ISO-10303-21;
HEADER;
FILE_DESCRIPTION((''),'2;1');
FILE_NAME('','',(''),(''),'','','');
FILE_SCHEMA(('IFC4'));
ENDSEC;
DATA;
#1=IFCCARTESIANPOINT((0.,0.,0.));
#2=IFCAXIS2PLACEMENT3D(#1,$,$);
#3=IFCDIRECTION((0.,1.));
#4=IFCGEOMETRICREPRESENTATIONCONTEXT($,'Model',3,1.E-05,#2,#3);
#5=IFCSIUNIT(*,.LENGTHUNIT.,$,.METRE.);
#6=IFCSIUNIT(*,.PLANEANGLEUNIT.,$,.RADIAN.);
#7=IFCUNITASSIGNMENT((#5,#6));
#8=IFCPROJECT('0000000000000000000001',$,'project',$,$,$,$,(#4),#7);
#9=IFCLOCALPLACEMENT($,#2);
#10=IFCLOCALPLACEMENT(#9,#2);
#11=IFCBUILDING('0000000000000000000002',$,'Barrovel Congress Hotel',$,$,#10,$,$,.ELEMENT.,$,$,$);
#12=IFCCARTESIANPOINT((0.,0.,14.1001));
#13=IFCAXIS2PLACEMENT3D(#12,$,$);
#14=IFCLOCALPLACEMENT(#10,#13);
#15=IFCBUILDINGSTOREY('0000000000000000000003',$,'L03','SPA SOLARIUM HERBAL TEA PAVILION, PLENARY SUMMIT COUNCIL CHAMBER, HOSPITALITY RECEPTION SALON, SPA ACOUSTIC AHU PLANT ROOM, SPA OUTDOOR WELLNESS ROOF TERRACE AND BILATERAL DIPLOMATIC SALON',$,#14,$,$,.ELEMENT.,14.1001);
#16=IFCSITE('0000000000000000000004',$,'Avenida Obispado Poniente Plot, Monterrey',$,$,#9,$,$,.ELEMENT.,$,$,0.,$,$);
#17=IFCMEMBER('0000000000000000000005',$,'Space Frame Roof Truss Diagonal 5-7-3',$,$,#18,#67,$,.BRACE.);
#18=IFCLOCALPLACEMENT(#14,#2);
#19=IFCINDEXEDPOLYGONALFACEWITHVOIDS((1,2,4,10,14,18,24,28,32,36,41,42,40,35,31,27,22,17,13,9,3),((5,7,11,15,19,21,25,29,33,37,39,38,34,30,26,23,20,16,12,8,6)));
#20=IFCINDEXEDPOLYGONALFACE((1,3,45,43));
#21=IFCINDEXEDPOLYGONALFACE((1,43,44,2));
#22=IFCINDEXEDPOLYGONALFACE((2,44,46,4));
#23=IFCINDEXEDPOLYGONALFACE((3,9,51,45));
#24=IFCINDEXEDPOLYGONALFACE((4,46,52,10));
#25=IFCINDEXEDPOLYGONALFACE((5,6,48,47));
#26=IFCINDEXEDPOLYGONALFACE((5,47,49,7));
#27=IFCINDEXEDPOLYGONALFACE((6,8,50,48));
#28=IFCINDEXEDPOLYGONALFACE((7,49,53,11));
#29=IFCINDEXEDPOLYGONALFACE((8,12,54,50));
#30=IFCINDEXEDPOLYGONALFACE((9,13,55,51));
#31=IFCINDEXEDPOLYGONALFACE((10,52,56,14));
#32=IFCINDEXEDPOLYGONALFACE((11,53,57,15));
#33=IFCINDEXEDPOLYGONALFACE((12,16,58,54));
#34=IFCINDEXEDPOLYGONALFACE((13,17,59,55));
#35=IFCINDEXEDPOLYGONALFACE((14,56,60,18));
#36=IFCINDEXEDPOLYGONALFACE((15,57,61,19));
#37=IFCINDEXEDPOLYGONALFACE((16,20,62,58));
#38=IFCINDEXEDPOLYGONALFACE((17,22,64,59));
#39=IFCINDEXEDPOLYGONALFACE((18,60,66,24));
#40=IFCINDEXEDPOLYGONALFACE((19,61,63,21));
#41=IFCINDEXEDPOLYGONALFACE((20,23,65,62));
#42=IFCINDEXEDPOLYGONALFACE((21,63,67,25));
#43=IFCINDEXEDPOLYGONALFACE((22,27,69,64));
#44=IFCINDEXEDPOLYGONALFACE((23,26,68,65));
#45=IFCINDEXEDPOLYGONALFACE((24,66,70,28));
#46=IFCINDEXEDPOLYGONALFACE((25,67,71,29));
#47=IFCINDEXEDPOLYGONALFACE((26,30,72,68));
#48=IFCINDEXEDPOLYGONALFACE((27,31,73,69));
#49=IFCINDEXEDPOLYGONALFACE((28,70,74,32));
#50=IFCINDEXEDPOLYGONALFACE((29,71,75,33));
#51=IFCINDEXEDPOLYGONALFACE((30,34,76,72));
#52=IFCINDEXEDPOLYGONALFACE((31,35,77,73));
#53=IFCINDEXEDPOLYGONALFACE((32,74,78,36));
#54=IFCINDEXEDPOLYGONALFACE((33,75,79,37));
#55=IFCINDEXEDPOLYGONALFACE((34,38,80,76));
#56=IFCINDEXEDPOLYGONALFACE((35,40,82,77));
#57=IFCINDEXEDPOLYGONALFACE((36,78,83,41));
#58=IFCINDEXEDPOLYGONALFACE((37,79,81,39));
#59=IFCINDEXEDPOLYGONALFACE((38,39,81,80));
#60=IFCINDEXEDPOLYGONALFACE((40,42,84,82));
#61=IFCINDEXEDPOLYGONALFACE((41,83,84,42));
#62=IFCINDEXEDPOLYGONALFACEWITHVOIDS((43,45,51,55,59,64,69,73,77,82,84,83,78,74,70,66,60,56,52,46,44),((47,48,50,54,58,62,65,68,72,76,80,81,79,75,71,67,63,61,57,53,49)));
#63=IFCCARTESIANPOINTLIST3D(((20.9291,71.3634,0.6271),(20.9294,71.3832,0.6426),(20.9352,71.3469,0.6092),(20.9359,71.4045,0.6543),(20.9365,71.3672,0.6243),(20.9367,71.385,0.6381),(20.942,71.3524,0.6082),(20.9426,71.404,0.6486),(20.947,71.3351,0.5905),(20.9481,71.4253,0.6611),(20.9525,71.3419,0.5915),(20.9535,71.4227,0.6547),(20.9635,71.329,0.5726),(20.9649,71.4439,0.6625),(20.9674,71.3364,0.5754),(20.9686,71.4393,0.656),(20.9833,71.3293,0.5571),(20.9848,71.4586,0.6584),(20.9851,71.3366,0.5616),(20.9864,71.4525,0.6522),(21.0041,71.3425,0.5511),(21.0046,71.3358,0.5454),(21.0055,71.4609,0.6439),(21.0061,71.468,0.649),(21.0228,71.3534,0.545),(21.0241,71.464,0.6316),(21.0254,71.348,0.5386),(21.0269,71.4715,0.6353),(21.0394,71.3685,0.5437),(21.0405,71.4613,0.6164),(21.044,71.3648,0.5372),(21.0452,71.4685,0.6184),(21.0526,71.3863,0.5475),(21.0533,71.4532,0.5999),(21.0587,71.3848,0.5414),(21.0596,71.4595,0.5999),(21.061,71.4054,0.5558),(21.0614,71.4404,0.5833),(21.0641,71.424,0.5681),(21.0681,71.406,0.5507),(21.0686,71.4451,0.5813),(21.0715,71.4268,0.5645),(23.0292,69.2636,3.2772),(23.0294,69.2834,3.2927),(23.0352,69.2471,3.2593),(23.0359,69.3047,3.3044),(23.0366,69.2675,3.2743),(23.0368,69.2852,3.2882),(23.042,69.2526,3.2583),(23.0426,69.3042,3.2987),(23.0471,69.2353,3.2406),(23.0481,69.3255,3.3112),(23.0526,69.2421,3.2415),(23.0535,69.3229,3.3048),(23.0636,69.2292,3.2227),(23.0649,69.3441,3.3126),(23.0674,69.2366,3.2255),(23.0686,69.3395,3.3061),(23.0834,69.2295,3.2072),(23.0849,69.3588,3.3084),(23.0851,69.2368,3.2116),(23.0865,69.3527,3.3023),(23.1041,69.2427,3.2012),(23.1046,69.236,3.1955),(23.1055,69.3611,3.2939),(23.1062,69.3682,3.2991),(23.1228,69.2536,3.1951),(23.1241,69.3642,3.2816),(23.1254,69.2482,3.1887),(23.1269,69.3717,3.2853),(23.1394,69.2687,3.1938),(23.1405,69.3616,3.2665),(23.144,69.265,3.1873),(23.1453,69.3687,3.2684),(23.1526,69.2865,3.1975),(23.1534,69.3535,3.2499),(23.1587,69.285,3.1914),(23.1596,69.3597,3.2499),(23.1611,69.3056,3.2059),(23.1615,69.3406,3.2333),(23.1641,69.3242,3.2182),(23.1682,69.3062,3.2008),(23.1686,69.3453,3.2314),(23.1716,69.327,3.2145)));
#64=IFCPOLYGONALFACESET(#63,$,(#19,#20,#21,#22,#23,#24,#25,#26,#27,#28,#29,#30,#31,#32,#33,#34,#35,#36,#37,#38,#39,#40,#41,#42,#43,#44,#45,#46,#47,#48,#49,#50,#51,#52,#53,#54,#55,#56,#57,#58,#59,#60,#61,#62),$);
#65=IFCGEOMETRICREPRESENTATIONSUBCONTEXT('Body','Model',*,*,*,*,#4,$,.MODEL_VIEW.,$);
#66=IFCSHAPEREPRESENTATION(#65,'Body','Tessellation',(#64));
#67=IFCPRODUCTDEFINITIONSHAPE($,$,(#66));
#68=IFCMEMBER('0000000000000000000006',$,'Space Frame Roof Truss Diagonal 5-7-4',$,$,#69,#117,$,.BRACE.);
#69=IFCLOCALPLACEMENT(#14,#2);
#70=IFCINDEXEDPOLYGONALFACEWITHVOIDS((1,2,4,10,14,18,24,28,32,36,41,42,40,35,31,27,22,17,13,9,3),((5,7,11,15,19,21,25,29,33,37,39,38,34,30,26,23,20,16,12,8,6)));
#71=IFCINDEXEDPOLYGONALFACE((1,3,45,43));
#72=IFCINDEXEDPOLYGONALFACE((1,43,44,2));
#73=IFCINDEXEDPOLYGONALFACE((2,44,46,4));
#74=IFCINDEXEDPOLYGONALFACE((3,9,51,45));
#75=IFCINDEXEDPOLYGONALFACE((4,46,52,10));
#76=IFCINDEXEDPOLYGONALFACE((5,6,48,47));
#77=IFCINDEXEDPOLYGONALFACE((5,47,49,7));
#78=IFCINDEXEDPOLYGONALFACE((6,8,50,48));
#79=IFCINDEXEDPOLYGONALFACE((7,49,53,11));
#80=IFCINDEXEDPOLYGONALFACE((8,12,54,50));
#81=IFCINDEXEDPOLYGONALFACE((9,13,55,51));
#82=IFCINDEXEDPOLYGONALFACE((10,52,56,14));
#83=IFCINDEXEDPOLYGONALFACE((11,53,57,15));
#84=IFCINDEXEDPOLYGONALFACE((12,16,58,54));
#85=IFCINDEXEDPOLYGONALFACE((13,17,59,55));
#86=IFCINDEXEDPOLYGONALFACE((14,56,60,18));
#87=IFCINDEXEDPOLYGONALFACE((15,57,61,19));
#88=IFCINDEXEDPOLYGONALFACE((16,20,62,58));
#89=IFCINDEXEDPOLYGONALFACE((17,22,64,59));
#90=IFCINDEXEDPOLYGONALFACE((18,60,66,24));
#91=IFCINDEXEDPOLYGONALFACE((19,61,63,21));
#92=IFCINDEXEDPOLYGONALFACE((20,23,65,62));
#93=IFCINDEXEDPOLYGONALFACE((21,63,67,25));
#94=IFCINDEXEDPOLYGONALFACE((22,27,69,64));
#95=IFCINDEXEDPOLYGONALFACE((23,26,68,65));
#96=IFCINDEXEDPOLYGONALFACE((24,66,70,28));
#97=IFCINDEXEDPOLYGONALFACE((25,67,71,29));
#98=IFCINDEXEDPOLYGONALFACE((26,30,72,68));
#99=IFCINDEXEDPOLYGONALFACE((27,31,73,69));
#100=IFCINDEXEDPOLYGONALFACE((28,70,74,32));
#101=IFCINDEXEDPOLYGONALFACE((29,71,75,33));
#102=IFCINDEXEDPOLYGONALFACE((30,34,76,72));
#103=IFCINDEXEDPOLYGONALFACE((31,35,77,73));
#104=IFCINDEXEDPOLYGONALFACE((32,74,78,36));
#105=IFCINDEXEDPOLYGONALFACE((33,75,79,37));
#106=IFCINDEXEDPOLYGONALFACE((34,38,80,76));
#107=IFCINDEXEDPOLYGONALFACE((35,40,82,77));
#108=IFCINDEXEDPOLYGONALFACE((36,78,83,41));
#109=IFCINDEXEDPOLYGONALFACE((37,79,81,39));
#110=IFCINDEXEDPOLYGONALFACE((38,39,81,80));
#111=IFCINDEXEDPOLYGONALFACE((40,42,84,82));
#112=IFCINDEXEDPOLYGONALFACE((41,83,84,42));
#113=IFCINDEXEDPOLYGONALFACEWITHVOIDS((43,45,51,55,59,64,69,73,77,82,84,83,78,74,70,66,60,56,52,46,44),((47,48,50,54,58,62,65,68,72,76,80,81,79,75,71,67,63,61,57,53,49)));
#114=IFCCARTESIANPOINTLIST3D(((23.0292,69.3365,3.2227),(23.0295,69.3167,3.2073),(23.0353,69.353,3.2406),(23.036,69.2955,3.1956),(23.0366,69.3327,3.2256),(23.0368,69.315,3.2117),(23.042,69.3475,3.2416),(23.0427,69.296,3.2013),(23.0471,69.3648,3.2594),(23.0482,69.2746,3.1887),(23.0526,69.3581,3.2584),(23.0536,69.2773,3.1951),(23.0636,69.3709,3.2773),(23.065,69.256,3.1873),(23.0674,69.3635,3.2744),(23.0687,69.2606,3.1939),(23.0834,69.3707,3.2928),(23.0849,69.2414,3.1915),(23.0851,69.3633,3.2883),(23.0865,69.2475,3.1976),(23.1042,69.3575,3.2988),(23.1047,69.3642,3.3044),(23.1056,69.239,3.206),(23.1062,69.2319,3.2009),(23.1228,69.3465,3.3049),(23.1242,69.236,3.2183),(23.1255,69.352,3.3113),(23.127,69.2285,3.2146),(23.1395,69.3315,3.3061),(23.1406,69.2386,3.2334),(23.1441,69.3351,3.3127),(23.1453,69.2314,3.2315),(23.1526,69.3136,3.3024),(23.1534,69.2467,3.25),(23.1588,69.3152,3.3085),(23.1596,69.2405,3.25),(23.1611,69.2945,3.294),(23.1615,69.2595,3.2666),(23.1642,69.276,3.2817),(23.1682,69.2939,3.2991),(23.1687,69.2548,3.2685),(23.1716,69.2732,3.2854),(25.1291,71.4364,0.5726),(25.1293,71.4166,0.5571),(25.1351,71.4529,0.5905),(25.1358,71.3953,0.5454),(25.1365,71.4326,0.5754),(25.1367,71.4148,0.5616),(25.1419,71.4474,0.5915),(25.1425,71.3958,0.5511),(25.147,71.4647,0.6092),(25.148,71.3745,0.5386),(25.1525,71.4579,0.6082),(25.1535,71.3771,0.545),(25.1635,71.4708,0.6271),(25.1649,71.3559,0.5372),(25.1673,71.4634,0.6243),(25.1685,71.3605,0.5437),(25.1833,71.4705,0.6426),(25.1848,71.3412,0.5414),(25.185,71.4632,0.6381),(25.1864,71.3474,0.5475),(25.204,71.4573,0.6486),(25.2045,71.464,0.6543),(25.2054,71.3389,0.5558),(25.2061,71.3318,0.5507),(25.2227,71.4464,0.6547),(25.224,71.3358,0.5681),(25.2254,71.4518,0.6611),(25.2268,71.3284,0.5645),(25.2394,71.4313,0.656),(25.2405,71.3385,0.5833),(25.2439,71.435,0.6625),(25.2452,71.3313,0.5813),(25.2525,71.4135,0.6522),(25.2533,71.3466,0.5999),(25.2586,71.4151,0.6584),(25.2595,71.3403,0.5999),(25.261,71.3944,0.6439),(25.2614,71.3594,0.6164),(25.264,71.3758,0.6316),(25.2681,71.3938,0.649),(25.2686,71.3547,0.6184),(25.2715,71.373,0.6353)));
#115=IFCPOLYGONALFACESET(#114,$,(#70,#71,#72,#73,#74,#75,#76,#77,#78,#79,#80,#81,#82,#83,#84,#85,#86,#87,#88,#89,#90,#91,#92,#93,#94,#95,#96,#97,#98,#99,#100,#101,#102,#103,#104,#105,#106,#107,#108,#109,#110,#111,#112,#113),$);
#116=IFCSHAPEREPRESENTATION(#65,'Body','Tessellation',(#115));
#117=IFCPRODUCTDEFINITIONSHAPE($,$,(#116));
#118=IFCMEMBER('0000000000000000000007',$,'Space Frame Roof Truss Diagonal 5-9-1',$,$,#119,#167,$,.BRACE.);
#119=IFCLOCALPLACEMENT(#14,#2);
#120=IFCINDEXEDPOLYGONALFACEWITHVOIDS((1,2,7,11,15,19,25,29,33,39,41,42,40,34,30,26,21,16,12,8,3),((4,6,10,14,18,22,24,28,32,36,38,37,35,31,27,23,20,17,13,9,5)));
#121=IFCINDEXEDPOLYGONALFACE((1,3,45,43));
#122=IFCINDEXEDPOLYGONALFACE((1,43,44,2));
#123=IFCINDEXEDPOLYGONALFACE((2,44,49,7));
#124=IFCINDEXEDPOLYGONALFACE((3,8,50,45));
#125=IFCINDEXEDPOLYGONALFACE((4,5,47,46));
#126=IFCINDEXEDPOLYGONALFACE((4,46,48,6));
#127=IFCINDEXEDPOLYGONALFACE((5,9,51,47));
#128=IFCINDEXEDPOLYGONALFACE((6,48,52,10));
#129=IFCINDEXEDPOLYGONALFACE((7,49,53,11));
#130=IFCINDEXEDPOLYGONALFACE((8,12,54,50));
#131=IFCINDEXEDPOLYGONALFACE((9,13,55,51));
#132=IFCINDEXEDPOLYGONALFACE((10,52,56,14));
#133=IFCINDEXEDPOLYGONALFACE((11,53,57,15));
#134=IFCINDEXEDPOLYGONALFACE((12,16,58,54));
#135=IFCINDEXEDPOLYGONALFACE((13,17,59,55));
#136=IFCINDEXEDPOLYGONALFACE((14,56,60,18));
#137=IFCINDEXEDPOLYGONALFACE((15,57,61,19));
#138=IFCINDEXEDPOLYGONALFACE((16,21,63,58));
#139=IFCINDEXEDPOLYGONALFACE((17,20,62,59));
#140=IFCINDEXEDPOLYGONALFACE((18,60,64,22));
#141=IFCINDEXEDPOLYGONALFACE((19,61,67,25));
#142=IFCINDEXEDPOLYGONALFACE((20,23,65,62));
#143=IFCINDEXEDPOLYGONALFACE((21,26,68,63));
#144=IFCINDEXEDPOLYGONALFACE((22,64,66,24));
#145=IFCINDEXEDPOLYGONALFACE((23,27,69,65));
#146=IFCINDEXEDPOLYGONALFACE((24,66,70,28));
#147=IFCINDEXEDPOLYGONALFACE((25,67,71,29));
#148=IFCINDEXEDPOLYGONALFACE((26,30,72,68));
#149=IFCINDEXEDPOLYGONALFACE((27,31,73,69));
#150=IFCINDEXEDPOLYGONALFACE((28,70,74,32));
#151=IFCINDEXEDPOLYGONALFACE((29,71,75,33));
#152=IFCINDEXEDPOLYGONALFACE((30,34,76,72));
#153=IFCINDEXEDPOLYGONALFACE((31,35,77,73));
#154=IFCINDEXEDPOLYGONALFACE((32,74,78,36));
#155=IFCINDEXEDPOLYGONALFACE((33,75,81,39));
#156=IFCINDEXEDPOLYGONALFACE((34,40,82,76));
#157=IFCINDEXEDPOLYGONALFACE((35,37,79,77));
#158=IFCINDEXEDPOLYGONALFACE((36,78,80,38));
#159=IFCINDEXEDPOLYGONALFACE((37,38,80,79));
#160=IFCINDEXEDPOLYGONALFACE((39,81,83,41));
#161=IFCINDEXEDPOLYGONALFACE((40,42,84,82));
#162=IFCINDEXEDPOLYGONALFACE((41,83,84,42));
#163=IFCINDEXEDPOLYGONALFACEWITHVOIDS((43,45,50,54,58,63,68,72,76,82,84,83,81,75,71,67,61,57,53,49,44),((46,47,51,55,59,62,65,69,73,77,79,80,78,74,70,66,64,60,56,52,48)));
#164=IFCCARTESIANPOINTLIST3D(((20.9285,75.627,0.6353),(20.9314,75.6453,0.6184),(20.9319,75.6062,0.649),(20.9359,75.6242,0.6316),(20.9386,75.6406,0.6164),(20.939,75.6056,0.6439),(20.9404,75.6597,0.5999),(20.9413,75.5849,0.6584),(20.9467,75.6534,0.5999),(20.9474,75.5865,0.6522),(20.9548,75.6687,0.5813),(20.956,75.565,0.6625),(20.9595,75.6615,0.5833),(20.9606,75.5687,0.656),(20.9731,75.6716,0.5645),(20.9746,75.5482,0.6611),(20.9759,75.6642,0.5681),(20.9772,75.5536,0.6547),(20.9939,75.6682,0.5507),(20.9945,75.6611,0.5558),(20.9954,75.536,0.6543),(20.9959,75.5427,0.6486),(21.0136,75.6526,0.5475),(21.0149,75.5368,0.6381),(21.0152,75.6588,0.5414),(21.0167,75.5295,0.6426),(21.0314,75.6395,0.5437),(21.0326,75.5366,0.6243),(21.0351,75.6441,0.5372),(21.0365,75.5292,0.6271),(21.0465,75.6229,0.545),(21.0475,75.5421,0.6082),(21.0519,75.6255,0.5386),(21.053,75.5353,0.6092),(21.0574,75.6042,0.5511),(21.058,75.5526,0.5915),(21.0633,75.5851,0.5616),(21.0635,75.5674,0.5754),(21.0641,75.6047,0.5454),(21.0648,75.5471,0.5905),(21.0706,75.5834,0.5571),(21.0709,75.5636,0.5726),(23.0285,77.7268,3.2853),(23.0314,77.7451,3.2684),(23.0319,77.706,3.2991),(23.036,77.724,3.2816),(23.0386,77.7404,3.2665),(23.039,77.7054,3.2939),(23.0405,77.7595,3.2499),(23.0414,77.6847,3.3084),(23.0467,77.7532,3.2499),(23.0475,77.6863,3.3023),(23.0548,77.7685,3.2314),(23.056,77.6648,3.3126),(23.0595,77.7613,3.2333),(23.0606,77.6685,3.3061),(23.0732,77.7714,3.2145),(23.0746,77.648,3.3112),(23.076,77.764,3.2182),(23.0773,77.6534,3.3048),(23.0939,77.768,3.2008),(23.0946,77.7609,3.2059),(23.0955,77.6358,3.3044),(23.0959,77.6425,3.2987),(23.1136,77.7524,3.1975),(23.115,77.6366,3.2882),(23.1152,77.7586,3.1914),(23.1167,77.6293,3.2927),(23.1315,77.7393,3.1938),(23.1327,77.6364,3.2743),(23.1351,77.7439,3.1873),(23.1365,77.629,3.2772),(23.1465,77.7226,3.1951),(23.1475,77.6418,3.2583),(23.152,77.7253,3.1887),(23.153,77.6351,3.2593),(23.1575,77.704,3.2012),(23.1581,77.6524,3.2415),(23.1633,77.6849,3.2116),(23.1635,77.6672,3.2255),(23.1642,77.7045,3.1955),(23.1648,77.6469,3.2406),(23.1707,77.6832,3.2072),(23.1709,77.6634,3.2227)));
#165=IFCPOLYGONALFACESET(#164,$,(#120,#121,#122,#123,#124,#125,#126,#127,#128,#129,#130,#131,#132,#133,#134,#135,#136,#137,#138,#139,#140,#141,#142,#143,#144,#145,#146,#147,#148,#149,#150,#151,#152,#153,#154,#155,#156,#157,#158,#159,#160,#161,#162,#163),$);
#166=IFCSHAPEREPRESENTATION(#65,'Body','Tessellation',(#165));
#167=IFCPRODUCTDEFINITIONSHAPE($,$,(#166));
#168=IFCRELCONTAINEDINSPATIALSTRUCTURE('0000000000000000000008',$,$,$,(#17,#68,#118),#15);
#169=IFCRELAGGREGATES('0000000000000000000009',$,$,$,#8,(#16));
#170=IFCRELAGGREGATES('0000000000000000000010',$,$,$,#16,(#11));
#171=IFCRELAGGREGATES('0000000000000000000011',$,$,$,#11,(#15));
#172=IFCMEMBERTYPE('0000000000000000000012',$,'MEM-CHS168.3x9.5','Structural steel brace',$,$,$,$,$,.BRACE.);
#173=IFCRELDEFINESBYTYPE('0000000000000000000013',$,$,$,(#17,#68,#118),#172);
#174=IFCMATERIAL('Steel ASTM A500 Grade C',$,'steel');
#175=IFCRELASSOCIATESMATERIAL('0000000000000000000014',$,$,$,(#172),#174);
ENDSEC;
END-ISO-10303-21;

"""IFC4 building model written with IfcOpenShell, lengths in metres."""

from ifc_helpers import new_model, si_unit, direction, frame, origin, origin_2d, place, context, subcontext, project, spatial, hollow_circle, extrude, material, material_profile, profile_set, type_object, element, save


model = new_model("IFC4")

# Units and contexts
model_context = context("Model", 3, precision=1e-05, world=origin(), true_north=direction((0.0, 1.0)))
body_context = subcontext(model_context, "Body", "Model", "MODEL_VIEW")
ifc_project = project(units=[si_unit("LENGTHUNIT", "METRE"), si_unit("PLANEANGLEUNIT", "RADIAN")], contexts=[model_context])

# Site, building, storey
site_placement = place(None, origin())
site = spatial("IfcSite", under=ifc_project, at=site_placement, Name="Avenida Obispado Poniente Plot, Monterrey", CompositionType="ELEMENT", RefElevation=0.0)
building_placement = place(site_placement, origin())
building = spatial("IfcBuilding", under=site, at=building_placement, Name="Barrovel Congress Hotel", CompositionType="ELEMENT")
storey_placement = place(building_placement, frame((0.0, 0.0, 14.1001)))
storey = spatial("IfcBuildingStorey", under=building, at=storey_placement, Name="L03", Description="SPA SOLARIUM HERBAL TEA PAVILION, PLENARY SUMMIT COUNCIL CHAMBER, HOSPITALITY RECEPTION SALON, SPA ACOUSTIC AHU PLANT ROOM, SPA OUTDOOR WELLNESS ROOF TERRACE AND BILATERAL DIPLOMATIC SALON", CompositionType="ELEMENT", Elevation=14.1001)

# Members
ifc_material_1 = material(Name="Steel ASTM A500 Grade C", Category="steel")
ifc_material_profile_1 = material_profile(ifc_material_1, hollow_circle(Radius=0.0842, WallThickness=0.0088, at=origin_2d()), Name="CHS168.3x9.5")
ifc_profile_set_1 = profile_set([ifc_material_profile_1], Name="Steel ASTM A500 Grade C")
member_type_1 = type_object("IfcMemberType", Name="MEM-CHS168.3x9.5", Description="Structural steel brace", PredefinedType="BRACE", material=ifc_profile_set_1)
for number, where, z_axis, x_axis, name in (
    (1, (21.0, 71.3999, 0.5999), (0.527618, -0.527557, 0.66581), (0.707066, 0.707148, 0.0), "Space Frame Roof Truss Diagonal 5-7-3"),
    (2, (25.2, 71.3999, 0.5999), (-0.527574, -0.527574, 0.665831), (0.707107, -0.707107, 0.0), "Space Frame Roof Truss Diagonal 5-7-4"),
    (3, (21.0, 75.6001, 0.5999), (0.527618, 0.527557, 0.66581), (-0.707066, 0.707148, 0.0), "Space Frame Roof Truss Diagonal 5-9-1"),
):
    element("IfcMember", number, at=place(storey_placement, frame(where, z_axis=z_axis, x_axis=x_axis)), inside=storey, type_object=member_type_1, Name=name, PredefinedType="BRACE", context=body_context, shape_type="SweptSolid", body=[
        extrude(hollow_circle(Radius=0.0842, WallThickness=0.0088, at=origin_2d()), origin(), (0.0, 0.0, 1.0), 3.9802),
    ])

save(model, "model.ifc")
